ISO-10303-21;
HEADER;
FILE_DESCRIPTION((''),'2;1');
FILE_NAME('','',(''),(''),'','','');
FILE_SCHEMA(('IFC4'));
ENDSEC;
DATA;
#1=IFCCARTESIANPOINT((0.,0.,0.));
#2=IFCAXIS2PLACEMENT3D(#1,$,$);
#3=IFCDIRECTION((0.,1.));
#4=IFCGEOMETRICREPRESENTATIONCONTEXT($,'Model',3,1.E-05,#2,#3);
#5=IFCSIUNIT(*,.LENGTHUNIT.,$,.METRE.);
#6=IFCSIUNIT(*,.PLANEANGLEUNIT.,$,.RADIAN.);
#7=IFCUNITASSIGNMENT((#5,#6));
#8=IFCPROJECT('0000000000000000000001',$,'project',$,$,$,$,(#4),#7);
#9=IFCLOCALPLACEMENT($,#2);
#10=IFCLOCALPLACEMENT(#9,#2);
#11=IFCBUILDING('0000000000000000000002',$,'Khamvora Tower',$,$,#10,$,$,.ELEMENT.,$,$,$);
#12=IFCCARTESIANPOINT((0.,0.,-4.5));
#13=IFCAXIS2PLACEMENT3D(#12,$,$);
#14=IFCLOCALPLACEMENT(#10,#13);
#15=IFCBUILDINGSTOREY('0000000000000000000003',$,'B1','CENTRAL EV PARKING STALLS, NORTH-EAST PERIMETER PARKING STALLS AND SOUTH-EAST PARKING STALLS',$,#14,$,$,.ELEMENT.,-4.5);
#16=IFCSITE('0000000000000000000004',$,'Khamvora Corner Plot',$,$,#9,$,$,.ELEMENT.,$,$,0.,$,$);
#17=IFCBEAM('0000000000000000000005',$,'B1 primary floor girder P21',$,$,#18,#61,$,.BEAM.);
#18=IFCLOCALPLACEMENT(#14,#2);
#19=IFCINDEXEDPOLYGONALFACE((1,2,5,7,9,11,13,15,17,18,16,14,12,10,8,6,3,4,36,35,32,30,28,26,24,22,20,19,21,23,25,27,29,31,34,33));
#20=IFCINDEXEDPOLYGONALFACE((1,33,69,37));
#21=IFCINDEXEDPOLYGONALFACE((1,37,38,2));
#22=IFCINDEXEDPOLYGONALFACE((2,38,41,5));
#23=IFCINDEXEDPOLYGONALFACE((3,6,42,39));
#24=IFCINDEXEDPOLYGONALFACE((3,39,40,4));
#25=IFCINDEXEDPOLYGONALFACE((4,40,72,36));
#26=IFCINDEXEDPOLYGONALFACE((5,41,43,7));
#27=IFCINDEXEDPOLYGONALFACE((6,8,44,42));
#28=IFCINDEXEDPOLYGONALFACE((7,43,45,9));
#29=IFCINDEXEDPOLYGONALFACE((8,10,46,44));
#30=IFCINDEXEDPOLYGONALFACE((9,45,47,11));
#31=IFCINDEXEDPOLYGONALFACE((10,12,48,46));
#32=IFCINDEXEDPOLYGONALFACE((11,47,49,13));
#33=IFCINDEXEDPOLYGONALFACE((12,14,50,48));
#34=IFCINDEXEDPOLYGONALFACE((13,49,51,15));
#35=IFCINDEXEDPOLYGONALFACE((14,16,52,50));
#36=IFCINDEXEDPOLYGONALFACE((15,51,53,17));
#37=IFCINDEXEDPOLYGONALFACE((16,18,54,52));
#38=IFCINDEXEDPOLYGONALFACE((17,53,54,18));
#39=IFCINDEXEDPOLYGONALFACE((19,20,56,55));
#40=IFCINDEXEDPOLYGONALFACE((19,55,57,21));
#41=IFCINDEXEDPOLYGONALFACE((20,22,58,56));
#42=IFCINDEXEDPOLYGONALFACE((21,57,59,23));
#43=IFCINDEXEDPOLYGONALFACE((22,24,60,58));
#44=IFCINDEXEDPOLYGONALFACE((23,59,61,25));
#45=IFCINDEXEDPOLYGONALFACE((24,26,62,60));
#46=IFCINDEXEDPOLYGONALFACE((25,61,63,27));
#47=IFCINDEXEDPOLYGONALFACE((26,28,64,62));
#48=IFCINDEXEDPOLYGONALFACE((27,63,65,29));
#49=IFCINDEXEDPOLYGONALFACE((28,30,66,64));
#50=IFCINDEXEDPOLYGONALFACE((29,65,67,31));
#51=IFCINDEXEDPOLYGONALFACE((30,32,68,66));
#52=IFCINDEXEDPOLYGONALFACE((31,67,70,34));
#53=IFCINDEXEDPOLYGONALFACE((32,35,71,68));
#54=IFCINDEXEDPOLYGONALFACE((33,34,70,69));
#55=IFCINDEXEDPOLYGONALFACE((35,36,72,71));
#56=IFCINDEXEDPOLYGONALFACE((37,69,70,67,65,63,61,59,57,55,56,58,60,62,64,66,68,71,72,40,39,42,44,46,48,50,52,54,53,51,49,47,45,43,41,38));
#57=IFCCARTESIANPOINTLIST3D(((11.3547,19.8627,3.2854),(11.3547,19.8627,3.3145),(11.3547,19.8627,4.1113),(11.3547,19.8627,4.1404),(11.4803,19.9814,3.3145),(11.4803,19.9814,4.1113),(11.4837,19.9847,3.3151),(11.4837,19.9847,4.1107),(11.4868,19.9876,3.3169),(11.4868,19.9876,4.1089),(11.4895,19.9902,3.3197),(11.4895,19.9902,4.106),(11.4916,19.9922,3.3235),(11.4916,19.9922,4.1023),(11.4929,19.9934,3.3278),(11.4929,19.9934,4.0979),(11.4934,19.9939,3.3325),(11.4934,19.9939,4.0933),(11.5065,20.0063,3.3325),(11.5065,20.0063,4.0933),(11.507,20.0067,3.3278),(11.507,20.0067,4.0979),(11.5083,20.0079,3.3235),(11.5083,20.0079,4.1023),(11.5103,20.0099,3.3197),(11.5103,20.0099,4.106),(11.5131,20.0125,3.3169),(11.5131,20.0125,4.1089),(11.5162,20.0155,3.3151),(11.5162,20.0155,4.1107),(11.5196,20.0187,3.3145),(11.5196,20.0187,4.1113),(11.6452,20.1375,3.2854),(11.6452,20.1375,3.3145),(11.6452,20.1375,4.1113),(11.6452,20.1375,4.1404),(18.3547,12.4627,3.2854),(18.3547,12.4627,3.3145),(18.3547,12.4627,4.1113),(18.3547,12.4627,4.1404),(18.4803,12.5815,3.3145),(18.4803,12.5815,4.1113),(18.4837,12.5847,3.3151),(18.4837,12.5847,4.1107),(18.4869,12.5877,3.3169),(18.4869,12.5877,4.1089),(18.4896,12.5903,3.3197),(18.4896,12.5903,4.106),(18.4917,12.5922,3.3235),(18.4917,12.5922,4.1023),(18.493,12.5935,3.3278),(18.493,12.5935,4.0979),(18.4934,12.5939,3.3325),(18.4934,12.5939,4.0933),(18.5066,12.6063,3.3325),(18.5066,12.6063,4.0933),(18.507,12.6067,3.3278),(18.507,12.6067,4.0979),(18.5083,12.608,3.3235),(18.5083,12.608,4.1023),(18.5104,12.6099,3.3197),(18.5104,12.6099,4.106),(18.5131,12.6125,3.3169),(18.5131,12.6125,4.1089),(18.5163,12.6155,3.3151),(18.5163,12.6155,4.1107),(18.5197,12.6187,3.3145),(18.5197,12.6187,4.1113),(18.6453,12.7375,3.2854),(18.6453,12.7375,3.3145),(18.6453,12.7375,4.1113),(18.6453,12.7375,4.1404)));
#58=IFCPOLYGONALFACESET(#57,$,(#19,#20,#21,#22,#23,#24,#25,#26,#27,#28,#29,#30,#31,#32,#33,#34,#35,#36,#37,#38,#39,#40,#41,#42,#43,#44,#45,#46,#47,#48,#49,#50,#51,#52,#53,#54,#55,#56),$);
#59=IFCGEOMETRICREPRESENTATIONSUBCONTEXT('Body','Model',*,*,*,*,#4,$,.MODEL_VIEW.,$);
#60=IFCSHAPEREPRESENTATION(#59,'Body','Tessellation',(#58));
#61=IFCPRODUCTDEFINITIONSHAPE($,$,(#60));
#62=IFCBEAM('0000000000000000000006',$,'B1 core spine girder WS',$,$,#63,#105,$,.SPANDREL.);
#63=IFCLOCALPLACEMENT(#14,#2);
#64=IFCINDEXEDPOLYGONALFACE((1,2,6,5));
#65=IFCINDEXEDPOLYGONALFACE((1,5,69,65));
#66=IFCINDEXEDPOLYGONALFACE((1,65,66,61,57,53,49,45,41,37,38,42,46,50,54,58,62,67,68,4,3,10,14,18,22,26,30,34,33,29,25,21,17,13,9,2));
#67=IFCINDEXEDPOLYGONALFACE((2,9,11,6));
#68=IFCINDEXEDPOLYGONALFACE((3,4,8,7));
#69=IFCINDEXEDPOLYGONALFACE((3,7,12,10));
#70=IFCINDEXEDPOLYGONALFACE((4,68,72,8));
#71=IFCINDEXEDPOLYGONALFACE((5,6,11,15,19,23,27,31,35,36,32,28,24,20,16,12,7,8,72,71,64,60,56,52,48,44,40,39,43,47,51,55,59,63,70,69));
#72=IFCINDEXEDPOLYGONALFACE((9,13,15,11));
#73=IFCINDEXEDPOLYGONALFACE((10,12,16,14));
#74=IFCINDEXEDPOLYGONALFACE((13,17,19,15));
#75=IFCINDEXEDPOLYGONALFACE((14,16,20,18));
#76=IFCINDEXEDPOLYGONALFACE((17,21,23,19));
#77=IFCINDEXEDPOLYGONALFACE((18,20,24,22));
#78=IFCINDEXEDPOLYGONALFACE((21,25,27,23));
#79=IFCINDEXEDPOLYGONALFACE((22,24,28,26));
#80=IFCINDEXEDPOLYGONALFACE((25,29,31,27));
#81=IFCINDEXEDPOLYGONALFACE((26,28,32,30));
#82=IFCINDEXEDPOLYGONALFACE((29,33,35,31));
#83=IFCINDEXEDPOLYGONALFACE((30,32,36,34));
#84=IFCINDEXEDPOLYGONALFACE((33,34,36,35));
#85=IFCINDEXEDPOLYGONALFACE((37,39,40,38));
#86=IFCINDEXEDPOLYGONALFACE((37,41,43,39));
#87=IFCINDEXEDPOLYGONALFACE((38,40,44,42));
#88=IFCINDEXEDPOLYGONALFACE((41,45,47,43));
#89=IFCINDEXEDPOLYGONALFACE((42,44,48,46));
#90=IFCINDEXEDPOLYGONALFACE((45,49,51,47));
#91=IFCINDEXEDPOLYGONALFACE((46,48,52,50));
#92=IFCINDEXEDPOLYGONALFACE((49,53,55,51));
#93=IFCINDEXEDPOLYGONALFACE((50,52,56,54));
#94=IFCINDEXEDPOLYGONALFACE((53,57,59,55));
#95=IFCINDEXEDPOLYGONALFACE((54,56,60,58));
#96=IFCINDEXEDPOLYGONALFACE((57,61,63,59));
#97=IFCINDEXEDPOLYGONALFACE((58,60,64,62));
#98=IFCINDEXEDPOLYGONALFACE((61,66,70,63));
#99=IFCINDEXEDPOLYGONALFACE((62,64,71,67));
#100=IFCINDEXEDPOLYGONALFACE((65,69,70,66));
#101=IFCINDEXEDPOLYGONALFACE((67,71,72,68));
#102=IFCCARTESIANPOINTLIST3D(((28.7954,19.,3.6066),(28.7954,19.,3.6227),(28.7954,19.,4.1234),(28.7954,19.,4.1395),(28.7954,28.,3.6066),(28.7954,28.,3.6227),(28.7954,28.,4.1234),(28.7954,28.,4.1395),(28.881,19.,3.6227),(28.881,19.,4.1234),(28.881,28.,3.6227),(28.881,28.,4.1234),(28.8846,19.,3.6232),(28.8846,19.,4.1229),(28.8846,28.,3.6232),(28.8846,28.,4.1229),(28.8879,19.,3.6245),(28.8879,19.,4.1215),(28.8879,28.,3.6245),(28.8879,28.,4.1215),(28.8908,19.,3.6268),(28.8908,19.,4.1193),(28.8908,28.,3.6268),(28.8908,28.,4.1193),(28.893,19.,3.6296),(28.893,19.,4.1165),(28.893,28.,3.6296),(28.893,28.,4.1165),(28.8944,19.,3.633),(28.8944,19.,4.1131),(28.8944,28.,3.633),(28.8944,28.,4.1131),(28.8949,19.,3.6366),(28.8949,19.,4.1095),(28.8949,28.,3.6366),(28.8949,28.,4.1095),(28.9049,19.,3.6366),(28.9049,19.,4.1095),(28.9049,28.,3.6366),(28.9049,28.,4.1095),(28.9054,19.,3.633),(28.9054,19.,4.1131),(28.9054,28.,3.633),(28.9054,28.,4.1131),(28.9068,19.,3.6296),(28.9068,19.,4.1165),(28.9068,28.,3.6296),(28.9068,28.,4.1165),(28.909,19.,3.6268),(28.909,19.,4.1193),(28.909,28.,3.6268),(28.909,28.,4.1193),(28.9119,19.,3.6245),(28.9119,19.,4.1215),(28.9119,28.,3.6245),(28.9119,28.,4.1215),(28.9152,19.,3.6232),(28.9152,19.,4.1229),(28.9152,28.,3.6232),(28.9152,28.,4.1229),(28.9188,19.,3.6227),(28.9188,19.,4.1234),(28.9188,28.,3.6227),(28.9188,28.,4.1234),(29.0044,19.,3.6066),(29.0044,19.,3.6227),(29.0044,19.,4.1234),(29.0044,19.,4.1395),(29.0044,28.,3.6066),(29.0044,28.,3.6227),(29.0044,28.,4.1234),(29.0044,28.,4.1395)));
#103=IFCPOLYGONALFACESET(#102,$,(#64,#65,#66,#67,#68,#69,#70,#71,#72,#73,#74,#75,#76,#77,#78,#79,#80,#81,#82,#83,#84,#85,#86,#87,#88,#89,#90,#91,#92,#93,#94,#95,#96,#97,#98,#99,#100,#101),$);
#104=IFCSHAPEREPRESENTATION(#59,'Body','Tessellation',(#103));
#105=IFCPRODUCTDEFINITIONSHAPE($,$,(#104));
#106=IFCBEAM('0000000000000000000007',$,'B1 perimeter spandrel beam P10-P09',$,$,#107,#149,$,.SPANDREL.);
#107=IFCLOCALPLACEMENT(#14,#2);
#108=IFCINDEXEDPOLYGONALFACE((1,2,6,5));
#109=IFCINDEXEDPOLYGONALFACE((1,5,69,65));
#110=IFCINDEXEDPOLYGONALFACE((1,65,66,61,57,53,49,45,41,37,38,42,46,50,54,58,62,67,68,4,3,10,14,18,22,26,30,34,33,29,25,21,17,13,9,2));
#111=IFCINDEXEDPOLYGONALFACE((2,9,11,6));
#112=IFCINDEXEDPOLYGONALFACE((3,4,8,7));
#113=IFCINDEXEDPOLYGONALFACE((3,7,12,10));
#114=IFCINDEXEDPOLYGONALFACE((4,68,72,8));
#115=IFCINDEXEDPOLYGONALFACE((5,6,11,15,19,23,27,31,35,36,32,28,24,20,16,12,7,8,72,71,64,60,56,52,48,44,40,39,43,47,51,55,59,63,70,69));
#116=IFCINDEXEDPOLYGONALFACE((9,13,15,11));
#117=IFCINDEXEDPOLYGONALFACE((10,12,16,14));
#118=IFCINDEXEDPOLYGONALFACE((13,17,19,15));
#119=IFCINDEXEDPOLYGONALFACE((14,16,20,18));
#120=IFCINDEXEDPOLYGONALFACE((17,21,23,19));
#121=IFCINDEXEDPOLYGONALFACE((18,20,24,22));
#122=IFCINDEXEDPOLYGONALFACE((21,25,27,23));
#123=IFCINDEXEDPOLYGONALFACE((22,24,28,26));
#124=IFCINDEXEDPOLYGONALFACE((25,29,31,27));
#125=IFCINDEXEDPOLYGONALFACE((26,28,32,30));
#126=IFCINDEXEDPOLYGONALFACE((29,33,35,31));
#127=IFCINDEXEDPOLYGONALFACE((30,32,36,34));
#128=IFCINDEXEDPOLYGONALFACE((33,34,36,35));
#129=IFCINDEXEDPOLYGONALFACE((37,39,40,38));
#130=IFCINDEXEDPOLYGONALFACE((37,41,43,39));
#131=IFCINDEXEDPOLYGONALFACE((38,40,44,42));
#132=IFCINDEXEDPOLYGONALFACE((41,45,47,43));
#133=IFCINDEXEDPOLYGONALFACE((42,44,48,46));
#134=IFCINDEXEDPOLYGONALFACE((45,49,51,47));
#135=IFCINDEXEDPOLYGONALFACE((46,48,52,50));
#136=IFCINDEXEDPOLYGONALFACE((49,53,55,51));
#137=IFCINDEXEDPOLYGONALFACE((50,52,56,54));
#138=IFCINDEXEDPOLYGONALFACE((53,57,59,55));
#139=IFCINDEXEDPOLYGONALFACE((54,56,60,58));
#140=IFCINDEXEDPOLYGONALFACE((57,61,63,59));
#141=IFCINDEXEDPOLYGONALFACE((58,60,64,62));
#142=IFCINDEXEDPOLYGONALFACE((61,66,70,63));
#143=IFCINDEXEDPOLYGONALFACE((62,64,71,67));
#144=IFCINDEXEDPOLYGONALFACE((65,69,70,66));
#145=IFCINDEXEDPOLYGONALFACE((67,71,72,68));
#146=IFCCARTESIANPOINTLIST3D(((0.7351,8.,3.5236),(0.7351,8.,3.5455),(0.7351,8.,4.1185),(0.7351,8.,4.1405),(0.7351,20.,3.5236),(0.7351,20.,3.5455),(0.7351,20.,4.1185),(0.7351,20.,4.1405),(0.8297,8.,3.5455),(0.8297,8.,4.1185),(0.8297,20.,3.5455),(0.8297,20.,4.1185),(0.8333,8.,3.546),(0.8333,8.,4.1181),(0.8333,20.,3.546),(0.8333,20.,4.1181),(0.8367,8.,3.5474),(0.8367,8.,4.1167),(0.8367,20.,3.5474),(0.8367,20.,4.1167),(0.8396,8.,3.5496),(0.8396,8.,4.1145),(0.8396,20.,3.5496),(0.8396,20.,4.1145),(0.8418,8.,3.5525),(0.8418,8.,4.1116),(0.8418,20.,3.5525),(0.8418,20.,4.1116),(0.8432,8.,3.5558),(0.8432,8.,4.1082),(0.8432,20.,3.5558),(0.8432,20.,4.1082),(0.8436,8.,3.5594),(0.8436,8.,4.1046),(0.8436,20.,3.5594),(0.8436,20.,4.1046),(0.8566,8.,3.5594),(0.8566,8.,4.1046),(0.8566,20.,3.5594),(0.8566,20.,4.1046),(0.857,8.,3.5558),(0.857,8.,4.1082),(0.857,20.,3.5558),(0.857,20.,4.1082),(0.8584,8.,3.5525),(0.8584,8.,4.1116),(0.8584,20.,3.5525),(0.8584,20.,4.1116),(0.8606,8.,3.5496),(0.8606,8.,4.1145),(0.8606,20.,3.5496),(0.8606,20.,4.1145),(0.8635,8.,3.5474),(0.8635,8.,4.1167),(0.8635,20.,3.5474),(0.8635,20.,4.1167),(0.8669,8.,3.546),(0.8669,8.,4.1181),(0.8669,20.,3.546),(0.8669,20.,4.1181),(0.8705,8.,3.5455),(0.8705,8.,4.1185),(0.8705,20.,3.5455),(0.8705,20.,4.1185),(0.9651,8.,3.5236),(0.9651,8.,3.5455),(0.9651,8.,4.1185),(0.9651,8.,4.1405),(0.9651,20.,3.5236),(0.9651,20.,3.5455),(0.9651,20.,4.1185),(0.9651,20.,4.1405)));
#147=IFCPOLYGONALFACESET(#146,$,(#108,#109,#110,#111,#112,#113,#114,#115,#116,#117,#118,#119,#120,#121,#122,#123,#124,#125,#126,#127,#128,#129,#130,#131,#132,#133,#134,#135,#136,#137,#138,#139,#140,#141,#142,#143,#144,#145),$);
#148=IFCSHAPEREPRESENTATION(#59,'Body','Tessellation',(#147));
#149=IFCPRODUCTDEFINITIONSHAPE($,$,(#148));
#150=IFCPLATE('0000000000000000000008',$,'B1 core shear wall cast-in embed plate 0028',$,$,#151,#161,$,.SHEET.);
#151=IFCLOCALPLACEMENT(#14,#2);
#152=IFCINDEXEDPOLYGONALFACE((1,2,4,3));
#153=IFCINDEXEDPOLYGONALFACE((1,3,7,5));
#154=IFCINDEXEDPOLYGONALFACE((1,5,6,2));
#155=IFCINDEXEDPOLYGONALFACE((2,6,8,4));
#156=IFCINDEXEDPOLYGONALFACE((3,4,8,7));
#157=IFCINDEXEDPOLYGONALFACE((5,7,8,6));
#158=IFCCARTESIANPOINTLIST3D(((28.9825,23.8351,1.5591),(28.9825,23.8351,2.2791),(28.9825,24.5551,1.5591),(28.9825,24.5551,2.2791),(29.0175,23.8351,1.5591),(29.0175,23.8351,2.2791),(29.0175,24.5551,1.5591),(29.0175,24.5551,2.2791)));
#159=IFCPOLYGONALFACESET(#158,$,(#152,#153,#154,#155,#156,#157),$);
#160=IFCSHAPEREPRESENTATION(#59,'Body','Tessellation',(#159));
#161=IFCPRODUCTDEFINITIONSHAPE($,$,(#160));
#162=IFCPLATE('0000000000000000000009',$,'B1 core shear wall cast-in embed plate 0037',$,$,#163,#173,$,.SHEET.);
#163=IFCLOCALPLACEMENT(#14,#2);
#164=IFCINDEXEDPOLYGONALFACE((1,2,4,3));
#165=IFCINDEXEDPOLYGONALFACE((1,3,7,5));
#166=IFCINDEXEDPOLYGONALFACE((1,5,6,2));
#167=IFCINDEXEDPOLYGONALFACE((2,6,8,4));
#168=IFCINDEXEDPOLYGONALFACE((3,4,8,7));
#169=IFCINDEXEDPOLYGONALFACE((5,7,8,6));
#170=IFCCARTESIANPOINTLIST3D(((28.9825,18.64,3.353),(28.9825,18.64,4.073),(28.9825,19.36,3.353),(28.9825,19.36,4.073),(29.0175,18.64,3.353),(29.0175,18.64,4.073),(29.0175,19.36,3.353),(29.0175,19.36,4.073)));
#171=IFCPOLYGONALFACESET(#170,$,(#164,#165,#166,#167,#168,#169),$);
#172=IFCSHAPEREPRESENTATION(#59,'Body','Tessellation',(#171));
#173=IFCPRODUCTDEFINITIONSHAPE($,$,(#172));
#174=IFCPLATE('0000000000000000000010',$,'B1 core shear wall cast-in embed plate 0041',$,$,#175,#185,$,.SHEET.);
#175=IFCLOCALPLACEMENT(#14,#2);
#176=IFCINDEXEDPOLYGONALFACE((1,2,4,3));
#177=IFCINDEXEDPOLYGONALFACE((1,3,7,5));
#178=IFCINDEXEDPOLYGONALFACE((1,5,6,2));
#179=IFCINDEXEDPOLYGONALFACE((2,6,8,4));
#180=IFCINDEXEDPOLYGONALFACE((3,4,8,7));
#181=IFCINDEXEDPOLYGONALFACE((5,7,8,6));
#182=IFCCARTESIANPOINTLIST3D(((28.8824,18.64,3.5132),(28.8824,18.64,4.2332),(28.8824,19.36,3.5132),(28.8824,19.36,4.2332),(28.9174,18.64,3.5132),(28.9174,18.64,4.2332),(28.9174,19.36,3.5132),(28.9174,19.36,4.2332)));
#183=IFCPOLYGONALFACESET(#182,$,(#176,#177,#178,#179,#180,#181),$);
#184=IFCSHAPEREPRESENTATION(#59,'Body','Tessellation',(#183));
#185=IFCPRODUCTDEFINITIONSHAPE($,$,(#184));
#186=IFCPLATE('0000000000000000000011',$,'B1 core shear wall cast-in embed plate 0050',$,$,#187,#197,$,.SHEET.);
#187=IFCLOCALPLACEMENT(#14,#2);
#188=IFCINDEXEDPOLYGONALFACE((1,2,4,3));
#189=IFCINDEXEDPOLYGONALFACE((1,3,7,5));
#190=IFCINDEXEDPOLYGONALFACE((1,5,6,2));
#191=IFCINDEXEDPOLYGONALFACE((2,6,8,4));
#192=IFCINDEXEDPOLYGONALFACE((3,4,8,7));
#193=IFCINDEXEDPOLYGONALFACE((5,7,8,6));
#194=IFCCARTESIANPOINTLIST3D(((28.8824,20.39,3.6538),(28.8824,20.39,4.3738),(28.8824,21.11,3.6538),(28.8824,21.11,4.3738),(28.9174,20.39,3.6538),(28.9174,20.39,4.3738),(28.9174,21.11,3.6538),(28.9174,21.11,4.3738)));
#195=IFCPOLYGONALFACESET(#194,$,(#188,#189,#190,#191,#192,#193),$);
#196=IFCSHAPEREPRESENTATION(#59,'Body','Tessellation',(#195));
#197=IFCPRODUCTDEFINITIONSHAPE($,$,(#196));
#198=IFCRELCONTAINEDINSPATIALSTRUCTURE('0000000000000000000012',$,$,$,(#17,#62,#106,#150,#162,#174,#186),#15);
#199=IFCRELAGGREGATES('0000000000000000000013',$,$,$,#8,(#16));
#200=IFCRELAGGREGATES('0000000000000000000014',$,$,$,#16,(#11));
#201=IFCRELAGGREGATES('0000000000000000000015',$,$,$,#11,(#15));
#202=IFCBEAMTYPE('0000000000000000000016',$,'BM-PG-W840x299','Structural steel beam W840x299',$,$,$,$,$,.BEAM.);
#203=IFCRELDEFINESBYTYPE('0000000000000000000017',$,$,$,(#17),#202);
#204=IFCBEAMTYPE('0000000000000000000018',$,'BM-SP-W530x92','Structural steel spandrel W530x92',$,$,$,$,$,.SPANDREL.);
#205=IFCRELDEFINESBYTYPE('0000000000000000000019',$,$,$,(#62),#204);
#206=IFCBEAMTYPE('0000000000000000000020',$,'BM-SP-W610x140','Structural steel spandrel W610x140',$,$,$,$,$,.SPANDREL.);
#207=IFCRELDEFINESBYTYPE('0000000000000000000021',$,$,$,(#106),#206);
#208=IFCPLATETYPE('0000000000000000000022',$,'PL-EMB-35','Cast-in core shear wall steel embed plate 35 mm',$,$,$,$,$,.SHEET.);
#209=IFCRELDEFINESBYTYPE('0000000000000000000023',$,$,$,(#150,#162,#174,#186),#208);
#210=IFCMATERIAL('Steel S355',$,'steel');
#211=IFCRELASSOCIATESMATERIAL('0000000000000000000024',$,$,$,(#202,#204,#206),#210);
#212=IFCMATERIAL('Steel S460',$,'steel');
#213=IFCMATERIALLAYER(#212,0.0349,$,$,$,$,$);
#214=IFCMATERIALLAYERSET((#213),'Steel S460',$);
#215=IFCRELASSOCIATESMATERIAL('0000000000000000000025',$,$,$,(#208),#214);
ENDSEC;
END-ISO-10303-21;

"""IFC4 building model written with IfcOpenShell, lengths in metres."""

from ifc_helpers import new_model, si_unit, direction, frame, origin, origin_2d, place, context, subcontext, project, spatial, rectangle, i_section, extrude, material, layer, layer_set, material_profile, profile_set, type_object, element, save


model = new_model("IFC4")

# Units and contexts
model_context = context("Model", 3, precision=1e-05, world=origin(), true_north=direction((0.0, 1.0)))
body_context = subcontext(model_context, "Body", "Model", "MODEL_VIEW")
ifc_project = project(units=[si_unit("LENGTHUNIT", "METRE"), si_unit("PLANEANGLEUNIT", "RADIAN")], contexts=[model_context])

# Site, building, storey
site_placement = place(None, origin())
site = spatial("IfcSite", under=ifc_project, at=site_placement, Name="Khamvora Corner Plot", CompositionType="ELEMENT", RefElevation=0.0)
building_placement = place(site_placement, origin())
building = spatial("IfcBuilding", under=site, at=building_placement, Name="Khamvora Tower", CompositionType="ELEMENT")
storey_placement = place(building_placement, frame((0.0, 0.0, -4.5)))
storey = spatial("IfcBuildingStorey", under=building, at=storey_placement, Name="B1", Description="CENTRAL EV PARKING STALLS, NORTH-EAST PERIMETER PARKING STALLS AND SOUTH-EAST PARKING STALLS", CompositionType="ELEMENT", Elevation=-4.5)

# Shared definitions
ifc_material_1 = material(Name="Steel S460", Category="steel")

# Beams
ifc_material_2 = material(Name="Steel S355", Category="steel")
ifc_material_profile_1 = material_profile(ifc_material_2, i_section(OverallWidth=0.3999, OverallDepth=0.855, WebThickness=0.0181, FlangeThickness=0.0291, FilletRadius=0.0181, at=origin_2d()), Name="W840x299")
ifc_profile_set_1 = profile_set([ifc_material_profile_1], Name="Steel S355")
beam_type_1 = type_object("IfcBeamType", Name="BM-PG-W840x299", Description="Structural steel beam W840x299", PredefinedType="BEAM", material=ifc_profile_set_1)
beam_1_placement = place(storey_placement, frame((18.5, 12.6001, 3.7129), z_axis=(-0.687205, 0.726464, 0.0), x_axis=(-0.726464, -0.687205, 0.0)))
element("IfcBeam", 1, at=beam_1_placement, inside=storey, type_object=beam_type_1, Name="B1 primary floor girder P21", PredefinedType="BEAM", context=body_context, shape_type="SweptSolid", body=[
    extrude(i_section(OverallWidth=0.3999, OverallDepth=0.855, WebThickness=0.0181, FlangeThickness=0.0291, FilletRadius=0.0181, at=origin_2d()), origin(), (0.0, 0.0, 1.0), 10.1863),
])
ifc_material_profile_2 = material_profile(ifc_material_2, i_section(OverallWidth=0.209, OverallDepth=0.533, WebThickness=0.01, FlangeThickness=0.0161, FilletRadius=0.0139, at=origin_2d()), Name="W530x92")
ifc_profile_set_2 = profile_set([ifc_material_profile_2], Name="Steel S355")
beam_type_2 = type_object("IfcBeamType", Name="BM-SP-W530x92", Description="Structural steel spandrel W530x92", PredefinedType="SPANDREL", material=ifc_profile_set_2)
beam_2_placement = place(storey_placement, frame((28.8999, 19.0, 3.873), z_axis=(0.0, 1.0, 0.0), x_axis=(-1.0, 0.0, 0.0)))
element("IfcBeam", 2, at=beam_2_placement, inside=storey, type_object=beam_type_2, Name="B1 core spine girder WS", PredefinedType="SPANDREL", context=body_context, shape_type="SweptSolid", body=[
    extrude(i_section(OverallWidth=0.209, OverallDepth=0.533, WebThickness=0.01, FlangeThickness=0.0161, FilletRadius=0.0139, at=origin_2d()), origin(), (0.0, 0.0, 1.0), 9.0),
])
ifc_material_profile_3 = material_profile(ifc_material_2, i_section(OverallWidth=0.23, OverallDepth=0.6169, WebThickness=0.0129, FlangeThickness=0.022, FilletRadius=0.0139, at=origin_2d()), Name="W610x140")
ifc_profile_set_3 = profile_set([ifc_material_profile_3], Name="Steel S355")
beam_type_3 = type_object("IfcBeamType", Name="BM-SP-W610x140", Description="Structural steel spandrel W610x140", PredefinedType="SPANDREL", material=ifc_profile_set_3)
beam_3_placement = place(storey_placement, frame((0.8501, 20.0, 3.832), z_axis=(0.0, -1.0, 0.0), x_axis=(1.0, 0.0, 0.0)))
element("IfcBeam", 3, at=beam_3_placement, inside=storey, type_object=beam_type_3, Name="B1 perimeter spandrel beam P10-P09", PredefinedType="SPANDREL", context=body_context, shape_type="SweptSolid", body=[
    extrude(i_section(OverallWidth=0.23, OverallDepth=0.6169, WebThickness=0.0129, FlangeThickness=0.022, FilletRadius=0.0139, at=origin_2d()), origin(), (0.0, 0.0, 1.0), 12.0),
])

# Plates
ifc_layer_1 = layer(ifc_material_1, 0.0349)
ifc_layer_set_1 = layer_set([ifc_layer_1], Name="Steel S460")
plate_type = type_object("IfcPlateType", Name="PL-EMB-35", Description="Cast-in core shear wall steel embed plate 35 mm", PredefinedType="SHEET", material=ifc_layer_set_1)
for number, where, z_axis, x_axis, name in (
    (4, (29.0, 24.1951, 1.5591), (0.0, 0.0, 1.0), (1.0, 0.0, 0.0), "B1 core shear wall cast-in embed plate 0028"),
    (5, (29.0, 19.0, 3.353), (0.0, 0.0, 1.0), (1.0, 0.0, 0.0), "B1 core shear wall cast-in embed plate 0037"),
    (6, (28.8999, 19.0, 3.5132), (0.0, 0.0, 1.0), (1.0, 0.0, 0.0), "B1 core shear wall cast-in embed plate 0041"),
    (7, (28.8999, 20.75, 3.6538), (0.0, 0.0, 1.0), (1.0, 0.0, 0.0), "B1 core shear wall cast-in embed plate 0050"),
):
    element("IfcPlate", number, at=place(storey_placement, frame(where, z_axis=z_axis, x_axis=x_axis)), inside=storey, type_object=plate_type, Name=name, PredefinedType="SHEET", context=body_context, shape_type="SweptSolid", body=[
        extrude(rectangle(XDim=0.0349, YDim=0.72, at=origin_2d()), origin(), (0.0, 0.0, 1.0), 0.72),
    ])

save(model, "model.ifc")
